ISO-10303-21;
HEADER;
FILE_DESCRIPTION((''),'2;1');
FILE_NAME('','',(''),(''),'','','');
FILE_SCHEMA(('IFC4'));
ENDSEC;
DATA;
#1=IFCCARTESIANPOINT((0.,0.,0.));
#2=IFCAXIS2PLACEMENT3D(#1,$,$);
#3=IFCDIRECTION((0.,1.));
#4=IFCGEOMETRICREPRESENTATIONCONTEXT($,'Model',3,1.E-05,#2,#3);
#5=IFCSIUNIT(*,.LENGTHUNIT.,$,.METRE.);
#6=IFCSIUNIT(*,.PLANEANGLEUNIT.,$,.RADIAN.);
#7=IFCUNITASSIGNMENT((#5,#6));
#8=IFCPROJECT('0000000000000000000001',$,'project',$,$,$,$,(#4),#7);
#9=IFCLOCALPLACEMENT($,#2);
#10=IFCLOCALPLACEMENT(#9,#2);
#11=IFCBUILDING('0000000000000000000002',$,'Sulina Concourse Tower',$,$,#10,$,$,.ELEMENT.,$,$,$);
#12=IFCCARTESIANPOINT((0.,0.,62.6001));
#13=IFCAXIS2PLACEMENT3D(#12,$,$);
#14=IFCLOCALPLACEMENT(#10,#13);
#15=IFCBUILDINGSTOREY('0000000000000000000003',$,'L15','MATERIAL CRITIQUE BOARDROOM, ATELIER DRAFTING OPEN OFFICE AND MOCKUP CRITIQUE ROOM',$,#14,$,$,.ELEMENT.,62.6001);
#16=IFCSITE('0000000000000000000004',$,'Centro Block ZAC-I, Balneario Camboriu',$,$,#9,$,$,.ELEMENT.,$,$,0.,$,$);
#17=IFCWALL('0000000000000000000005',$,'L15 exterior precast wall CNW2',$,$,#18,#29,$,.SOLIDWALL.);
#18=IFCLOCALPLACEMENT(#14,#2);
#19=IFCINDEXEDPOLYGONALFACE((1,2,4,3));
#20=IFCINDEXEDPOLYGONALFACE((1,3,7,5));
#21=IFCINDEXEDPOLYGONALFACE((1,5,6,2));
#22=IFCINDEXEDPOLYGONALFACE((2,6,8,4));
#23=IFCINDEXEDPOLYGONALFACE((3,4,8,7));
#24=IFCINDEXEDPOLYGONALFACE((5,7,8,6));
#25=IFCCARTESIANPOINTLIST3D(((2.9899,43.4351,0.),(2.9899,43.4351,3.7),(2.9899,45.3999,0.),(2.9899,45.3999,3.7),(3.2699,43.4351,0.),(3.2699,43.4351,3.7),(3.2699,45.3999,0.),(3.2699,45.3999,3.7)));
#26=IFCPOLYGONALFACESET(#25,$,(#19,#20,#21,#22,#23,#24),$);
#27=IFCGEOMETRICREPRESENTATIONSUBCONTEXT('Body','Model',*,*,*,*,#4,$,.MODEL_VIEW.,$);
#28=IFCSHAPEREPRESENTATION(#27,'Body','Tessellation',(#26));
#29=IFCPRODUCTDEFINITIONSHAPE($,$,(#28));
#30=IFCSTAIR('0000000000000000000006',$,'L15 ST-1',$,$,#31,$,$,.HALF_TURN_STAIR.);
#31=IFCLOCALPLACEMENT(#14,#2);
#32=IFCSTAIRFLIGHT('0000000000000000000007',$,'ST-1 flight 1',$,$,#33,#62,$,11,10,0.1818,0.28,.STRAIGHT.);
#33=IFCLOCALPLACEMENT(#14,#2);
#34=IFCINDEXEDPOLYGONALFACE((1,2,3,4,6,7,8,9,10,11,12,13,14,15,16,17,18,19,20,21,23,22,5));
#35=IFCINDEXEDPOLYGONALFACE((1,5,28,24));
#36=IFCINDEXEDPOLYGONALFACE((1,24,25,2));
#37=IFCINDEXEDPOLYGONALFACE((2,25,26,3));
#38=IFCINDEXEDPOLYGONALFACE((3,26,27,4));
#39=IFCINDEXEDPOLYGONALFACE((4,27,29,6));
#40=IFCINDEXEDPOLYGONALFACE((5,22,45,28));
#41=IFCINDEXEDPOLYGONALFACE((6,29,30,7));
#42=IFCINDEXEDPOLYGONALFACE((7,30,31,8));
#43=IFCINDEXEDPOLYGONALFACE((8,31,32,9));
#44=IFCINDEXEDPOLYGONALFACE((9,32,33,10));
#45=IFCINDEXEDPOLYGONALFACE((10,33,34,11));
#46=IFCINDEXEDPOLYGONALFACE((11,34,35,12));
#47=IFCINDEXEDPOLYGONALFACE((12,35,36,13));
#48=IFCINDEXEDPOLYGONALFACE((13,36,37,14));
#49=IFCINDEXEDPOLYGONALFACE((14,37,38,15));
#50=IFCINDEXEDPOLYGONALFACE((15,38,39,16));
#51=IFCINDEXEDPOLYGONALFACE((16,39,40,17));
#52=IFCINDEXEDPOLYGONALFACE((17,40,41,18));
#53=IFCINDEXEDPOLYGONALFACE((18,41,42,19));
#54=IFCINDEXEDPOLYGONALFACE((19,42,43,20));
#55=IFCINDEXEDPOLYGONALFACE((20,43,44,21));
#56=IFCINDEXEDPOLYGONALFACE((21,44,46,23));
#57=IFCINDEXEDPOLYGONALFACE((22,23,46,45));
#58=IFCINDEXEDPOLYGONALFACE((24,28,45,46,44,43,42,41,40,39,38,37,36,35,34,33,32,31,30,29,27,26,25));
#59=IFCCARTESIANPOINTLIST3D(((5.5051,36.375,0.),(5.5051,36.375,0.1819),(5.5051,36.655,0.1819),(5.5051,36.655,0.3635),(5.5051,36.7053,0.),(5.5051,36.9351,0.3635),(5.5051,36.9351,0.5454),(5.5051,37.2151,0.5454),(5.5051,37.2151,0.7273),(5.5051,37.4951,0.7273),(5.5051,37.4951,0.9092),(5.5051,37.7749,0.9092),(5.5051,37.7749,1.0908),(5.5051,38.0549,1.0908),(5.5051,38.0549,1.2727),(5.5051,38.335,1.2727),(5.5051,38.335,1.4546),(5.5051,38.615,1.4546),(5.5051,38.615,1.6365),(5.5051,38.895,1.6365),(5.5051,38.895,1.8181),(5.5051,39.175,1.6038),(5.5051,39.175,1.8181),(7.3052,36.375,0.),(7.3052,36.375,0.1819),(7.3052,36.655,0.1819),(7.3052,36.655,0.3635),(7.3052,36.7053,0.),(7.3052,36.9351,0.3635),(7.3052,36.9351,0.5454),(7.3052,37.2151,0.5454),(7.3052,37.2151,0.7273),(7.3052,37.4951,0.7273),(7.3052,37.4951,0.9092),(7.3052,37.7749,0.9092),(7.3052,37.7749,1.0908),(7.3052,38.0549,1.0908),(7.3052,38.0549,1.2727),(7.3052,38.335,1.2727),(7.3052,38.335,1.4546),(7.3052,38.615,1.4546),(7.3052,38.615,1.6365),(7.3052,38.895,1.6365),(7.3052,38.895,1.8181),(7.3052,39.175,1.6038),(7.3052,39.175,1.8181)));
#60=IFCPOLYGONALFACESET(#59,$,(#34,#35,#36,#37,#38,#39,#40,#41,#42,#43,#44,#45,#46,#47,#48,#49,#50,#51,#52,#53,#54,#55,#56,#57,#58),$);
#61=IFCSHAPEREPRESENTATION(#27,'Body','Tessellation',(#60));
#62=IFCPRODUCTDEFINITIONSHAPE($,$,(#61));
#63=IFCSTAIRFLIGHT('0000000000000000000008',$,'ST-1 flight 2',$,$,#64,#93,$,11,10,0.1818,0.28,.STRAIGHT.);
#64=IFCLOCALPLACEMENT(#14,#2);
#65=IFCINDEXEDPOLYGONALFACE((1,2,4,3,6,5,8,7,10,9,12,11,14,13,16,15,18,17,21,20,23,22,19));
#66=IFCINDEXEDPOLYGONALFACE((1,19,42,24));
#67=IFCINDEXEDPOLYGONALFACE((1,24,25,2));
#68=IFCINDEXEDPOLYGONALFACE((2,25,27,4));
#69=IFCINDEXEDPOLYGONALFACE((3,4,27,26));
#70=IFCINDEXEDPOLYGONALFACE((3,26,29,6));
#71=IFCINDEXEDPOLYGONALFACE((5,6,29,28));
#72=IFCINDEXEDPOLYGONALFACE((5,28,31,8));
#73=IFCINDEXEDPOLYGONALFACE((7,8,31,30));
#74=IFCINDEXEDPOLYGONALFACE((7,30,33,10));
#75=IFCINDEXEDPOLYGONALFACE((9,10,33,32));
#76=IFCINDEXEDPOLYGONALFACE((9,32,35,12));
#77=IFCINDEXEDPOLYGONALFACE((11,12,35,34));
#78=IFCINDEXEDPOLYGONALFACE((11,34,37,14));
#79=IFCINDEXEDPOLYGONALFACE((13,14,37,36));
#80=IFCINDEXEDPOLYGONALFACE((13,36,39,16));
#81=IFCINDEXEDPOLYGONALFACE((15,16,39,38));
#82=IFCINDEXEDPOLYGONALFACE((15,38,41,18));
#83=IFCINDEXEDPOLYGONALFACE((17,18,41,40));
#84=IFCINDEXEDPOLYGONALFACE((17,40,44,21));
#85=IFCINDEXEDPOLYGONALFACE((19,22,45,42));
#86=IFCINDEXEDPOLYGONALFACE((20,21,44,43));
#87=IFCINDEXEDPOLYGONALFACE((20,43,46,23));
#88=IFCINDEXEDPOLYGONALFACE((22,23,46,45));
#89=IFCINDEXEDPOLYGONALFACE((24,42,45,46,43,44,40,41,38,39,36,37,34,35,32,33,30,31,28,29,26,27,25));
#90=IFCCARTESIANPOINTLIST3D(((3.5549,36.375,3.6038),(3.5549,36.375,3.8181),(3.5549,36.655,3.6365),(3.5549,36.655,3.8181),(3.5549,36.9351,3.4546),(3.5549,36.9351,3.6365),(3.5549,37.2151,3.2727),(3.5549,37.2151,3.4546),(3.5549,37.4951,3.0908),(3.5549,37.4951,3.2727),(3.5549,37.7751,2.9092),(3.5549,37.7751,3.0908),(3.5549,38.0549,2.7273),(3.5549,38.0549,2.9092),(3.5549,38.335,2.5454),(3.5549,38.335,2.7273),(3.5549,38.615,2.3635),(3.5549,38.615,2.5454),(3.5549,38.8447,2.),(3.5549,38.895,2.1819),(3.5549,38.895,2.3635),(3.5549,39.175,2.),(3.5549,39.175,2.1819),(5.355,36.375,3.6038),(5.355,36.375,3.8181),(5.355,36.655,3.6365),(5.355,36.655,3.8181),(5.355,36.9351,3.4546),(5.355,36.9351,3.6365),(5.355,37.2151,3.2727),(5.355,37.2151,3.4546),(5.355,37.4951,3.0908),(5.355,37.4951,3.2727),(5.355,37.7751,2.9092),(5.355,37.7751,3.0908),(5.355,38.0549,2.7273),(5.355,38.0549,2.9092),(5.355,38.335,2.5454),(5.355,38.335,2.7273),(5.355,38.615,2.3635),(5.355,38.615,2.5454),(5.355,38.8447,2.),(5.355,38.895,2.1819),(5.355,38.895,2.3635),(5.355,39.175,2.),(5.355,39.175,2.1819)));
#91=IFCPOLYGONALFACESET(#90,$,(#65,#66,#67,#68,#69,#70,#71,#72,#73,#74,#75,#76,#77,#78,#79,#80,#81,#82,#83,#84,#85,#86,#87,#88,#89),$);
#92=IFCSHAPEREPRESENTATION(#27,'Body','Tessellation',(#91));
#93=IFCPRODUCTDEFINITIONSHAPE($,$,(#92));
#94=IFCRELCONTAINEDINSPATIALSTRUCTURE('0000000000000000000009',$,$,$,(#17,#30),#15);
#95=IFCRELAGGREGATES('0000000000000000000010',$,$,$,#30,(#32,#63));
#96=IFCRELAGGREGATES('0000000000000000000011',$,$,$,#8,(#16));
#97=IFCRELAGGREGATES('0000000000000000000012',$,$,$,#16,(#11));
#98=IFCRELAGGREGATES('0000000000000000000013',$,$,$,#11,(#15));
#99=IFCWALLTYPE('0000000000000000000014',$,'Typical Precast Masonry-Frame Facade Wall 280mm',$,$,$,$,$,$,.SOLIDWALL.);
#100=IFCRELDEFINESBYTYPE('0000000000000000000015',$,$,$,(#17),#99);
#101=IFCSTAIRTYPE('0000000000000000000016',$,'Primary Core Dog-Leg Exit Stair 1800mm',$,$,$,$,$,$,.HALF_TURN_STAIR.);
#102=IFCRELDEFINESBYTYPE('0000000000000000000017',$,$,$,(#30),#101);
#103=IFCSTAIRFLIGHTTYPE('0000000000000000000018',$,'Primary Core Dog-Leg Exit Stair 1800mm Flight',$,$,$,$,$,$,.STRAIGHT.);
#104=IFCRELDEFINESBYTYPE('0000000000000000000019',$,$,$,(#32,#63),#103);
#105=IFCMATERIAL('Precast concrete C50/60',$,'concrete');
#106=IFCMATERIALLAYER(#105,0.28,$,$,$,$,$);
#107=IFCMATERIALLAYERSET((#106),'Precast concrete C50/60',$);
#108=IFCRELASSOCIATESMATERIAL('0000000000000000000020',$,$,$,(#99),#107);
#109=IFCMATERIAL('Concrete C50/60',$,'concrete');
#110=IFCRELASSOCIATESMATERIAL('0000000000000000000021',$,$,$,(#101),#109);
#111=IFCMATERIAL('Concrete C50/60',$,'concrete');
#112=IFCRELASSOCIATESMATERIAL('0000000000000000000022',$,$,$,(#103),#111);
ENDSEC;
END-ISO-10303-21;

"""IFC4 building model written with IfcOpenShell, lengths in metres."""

from ifc_helpers import new_model, si_unit, direction, frame, frame_2d, origin, place, context, subcontext, project, spatial, polyline, rectangle, outline, extrude, material, layer, layer_set, type_object, element, aggregate, save


model = new_model("IFC4")

# Units and contexts
model_context = context("Model", 3, precision=1e-05, world=origin(), true_north=direction((0.0, 1.0)))
body_context = subcontext(model_context, "Body", "Model", "MODEL_VIEW")
ifc_project = project(units=[si_unit("LENGTHUNIT", "METRE"), si_unit("PLANEANGLEUNIT", "RADIAN")], contexts=[model_context])

# Site, building, storey
site_placement = place(None, origin())
site = spatial("IfcSite", under=ifc_project, at=site_placement, Name="Centro Block ZAC-I, Balneario Camboriu", CompositionType="ELEMENT", RefElevation=0.0)
building_placement = place(site_placement, origin())
building = spatial("IfcBuilding", under=site, at=building_placement, Name="Sulina Concourse Tower", CompositionType="ELEMENT")
storey_placement = place(building_placement, frame((0.0, 0.0, 62.6001)))
storey = spatial("IfcBuildingStorey", under=building, at=storey_placement, Name="L15", Description="MATERIAL CRITIQUE BOARDROOM, ATELIER DRAFTING OPEN OFFICE AND MOCKUP CRITIQUE ROOM", CompositionType="ELEMENT", Elevation=62.6001)

# Wall
ifc_material_1 = material(Name="Precast concrete C50/60", Category="concrete")
ifc_layer_1 = layer(ifc_material_1, 0.28)
ifc_layer_set_1 = layer_set([ifc_layer_1], Name="Precast concrete C50/60")
wall_type_1 = type_object("IfcWallType", Name="Typical Precast Masonry-Frame Facade Wall 280mm", PredefinedType="SOLIDWALL", material=ifc_layer_set_1)
wall_1_placement = place(storey_placement, frame((3.1299, 43.4351, 0.0), z_axis=(0.0, 0.0, 1.0), x_axis=(0.0, 1.0, 0.0)))
element("IfcWall", 1, at=wall_1_placement, inside=storey, type_object=wall_type_1, Name="L15 exterior precast wall CNW2", PredefinedType="SOLIDWALL", context=body_context, shape_type="SweptSolid", body=[
    extrude(rectangle(XDim=1.9648, YDim=0.28, at=frame_2d((0.9824, 0.0))), origin(), (0.0, 0.0, 1.0), 3.7),
])

# Stair, stair flights
ifc_material_2 = material(Name="Concrete C50/60", Category="concrete")
stair_type = type_object("IfcStairType", Name="Primary Core Dog-Leg Exit Stair 1800mm", PredefinedType="HALF_TURN_STAIR", material=ifc_material_2)
stair_placement = place(storey_placement, origin())
stair = element("IfcStair", 2, at=stair_placement, inside=storey, type_object=stair_type, Name="L15 ST-1", PredefinedType="HALF_TURN_STAIR")
ifc_material_3 = material(Name="Concrete C50/60", Category="concrete")
stair_flight_type = type_object("IfcStairFlightType", Name="Primary Core Dog-Leg Exit Stair 1800mm Flight", PredefinedType="STRAIGHT", material=ifc_material_3)
stair_flight_1_placement = place(storey_placement, frame((6.405, 36.375, 0.0), z_axis=(0.0, 0.0, 1.0), x_axis=(0.0, 1.0, 0.0)))
stair_flight_1 = element("IfcStairFlight", 3, at=stair_flight_1_placement, type_object=stair_flight_type, Name="ST-1 flight 1", NumberOfRisers=11, NumberOfTreads=10, PredefinedType="STRAIGHT", RiserHeight=0.1818, TreadLength=0.28, context=body_context, shape_type="SweptSolid", body=[
    extrude(outline(polyline([(0.0, 0.0), (0.0, 0.1819), (0.28, 0.1819), (0.28, 0.3635), (0.5601, 0.3635), (0.5601, 0.5454), (0.8401, 0.5454), (0.8401, 0.7273), (1.1201, 0.7273), (1.1201, 0.9092), (1.3999, 0.9092), (1.3999, 1.0908), (1.6799, 1.0908), (1.6799, 1.2727), (1.96, 1.2727), (1.96, 1.4546), (2.24, 1.4546), (2.24, 1.6365), (2.52, 1.6365), (2.52, 1.8181), (2.8, 1.8181), (2.8, 2.0), (2.8, 1.6038), (0.3303, 0.0), (0.0, 0.0)])), frame((0.0, 0.8999, 0.0), z_axis=(0.0, -1.0, 0.0), x_axis=(1.0, 0.0, 0.0)), (0.0, 0.0, 1.0), 1.8),
])
stair_flight_2_placement = place(storey_placement, frame((4.4551, 39.175, 2.0), z_axis=(0.0, 0.0, 1.0), x_axis=(0.0, -1.0, 0.0)))
stair_flight_2 = element("IfcStairFlight", 4, at=stair_flight_2_placement, type_object=stair_flight_type, Name="ST-1 flight 2", NumberOfRisers=11, NumberOfTreads=10, PredefinedType="STRAIGHT", RiserHeight=0.1818, TreadLength=0.28, context=body_context, shape_type="SweptSolid", body=[
    extrude(outline(polyline([(0.0, 0.0), (0.0, 0.1819), (0.28, 0.1819), (0.28, 0.3635), (0.5601, 0.3635), (0.5601, 0.5454), (0.8401, 0.5454), (0.8401, 0.7273), (1.1201, 0.7273), (1.1201, 0.9092), (1.3999, 0.9092), (1.3999, 1.0908), (1.6799, 1.0908), (1.6799, 1.2727), (1.96, 1.2727), (1.96, 1.4546), (2.24, 1.4546), (2.24, 1.6365), (2.52, 1.6365), (2.52, 1.8181), (2.8, 1.8181), (2.8, 2.0), (2.8, 1.6038), (0.3303, 0.0), (0.0, 0.0)])), frame((0.0, 0.8999, 0.0), z_axis=(0.0, -1.0, 0.0), x_axis=(1.0, 0.0, 0.0)), (0.0, 0.0, 1.0), 1.8),
])
aggregate(stair, [stair_flight_1, stair_flight_2])

save(model, "model.ifc")
